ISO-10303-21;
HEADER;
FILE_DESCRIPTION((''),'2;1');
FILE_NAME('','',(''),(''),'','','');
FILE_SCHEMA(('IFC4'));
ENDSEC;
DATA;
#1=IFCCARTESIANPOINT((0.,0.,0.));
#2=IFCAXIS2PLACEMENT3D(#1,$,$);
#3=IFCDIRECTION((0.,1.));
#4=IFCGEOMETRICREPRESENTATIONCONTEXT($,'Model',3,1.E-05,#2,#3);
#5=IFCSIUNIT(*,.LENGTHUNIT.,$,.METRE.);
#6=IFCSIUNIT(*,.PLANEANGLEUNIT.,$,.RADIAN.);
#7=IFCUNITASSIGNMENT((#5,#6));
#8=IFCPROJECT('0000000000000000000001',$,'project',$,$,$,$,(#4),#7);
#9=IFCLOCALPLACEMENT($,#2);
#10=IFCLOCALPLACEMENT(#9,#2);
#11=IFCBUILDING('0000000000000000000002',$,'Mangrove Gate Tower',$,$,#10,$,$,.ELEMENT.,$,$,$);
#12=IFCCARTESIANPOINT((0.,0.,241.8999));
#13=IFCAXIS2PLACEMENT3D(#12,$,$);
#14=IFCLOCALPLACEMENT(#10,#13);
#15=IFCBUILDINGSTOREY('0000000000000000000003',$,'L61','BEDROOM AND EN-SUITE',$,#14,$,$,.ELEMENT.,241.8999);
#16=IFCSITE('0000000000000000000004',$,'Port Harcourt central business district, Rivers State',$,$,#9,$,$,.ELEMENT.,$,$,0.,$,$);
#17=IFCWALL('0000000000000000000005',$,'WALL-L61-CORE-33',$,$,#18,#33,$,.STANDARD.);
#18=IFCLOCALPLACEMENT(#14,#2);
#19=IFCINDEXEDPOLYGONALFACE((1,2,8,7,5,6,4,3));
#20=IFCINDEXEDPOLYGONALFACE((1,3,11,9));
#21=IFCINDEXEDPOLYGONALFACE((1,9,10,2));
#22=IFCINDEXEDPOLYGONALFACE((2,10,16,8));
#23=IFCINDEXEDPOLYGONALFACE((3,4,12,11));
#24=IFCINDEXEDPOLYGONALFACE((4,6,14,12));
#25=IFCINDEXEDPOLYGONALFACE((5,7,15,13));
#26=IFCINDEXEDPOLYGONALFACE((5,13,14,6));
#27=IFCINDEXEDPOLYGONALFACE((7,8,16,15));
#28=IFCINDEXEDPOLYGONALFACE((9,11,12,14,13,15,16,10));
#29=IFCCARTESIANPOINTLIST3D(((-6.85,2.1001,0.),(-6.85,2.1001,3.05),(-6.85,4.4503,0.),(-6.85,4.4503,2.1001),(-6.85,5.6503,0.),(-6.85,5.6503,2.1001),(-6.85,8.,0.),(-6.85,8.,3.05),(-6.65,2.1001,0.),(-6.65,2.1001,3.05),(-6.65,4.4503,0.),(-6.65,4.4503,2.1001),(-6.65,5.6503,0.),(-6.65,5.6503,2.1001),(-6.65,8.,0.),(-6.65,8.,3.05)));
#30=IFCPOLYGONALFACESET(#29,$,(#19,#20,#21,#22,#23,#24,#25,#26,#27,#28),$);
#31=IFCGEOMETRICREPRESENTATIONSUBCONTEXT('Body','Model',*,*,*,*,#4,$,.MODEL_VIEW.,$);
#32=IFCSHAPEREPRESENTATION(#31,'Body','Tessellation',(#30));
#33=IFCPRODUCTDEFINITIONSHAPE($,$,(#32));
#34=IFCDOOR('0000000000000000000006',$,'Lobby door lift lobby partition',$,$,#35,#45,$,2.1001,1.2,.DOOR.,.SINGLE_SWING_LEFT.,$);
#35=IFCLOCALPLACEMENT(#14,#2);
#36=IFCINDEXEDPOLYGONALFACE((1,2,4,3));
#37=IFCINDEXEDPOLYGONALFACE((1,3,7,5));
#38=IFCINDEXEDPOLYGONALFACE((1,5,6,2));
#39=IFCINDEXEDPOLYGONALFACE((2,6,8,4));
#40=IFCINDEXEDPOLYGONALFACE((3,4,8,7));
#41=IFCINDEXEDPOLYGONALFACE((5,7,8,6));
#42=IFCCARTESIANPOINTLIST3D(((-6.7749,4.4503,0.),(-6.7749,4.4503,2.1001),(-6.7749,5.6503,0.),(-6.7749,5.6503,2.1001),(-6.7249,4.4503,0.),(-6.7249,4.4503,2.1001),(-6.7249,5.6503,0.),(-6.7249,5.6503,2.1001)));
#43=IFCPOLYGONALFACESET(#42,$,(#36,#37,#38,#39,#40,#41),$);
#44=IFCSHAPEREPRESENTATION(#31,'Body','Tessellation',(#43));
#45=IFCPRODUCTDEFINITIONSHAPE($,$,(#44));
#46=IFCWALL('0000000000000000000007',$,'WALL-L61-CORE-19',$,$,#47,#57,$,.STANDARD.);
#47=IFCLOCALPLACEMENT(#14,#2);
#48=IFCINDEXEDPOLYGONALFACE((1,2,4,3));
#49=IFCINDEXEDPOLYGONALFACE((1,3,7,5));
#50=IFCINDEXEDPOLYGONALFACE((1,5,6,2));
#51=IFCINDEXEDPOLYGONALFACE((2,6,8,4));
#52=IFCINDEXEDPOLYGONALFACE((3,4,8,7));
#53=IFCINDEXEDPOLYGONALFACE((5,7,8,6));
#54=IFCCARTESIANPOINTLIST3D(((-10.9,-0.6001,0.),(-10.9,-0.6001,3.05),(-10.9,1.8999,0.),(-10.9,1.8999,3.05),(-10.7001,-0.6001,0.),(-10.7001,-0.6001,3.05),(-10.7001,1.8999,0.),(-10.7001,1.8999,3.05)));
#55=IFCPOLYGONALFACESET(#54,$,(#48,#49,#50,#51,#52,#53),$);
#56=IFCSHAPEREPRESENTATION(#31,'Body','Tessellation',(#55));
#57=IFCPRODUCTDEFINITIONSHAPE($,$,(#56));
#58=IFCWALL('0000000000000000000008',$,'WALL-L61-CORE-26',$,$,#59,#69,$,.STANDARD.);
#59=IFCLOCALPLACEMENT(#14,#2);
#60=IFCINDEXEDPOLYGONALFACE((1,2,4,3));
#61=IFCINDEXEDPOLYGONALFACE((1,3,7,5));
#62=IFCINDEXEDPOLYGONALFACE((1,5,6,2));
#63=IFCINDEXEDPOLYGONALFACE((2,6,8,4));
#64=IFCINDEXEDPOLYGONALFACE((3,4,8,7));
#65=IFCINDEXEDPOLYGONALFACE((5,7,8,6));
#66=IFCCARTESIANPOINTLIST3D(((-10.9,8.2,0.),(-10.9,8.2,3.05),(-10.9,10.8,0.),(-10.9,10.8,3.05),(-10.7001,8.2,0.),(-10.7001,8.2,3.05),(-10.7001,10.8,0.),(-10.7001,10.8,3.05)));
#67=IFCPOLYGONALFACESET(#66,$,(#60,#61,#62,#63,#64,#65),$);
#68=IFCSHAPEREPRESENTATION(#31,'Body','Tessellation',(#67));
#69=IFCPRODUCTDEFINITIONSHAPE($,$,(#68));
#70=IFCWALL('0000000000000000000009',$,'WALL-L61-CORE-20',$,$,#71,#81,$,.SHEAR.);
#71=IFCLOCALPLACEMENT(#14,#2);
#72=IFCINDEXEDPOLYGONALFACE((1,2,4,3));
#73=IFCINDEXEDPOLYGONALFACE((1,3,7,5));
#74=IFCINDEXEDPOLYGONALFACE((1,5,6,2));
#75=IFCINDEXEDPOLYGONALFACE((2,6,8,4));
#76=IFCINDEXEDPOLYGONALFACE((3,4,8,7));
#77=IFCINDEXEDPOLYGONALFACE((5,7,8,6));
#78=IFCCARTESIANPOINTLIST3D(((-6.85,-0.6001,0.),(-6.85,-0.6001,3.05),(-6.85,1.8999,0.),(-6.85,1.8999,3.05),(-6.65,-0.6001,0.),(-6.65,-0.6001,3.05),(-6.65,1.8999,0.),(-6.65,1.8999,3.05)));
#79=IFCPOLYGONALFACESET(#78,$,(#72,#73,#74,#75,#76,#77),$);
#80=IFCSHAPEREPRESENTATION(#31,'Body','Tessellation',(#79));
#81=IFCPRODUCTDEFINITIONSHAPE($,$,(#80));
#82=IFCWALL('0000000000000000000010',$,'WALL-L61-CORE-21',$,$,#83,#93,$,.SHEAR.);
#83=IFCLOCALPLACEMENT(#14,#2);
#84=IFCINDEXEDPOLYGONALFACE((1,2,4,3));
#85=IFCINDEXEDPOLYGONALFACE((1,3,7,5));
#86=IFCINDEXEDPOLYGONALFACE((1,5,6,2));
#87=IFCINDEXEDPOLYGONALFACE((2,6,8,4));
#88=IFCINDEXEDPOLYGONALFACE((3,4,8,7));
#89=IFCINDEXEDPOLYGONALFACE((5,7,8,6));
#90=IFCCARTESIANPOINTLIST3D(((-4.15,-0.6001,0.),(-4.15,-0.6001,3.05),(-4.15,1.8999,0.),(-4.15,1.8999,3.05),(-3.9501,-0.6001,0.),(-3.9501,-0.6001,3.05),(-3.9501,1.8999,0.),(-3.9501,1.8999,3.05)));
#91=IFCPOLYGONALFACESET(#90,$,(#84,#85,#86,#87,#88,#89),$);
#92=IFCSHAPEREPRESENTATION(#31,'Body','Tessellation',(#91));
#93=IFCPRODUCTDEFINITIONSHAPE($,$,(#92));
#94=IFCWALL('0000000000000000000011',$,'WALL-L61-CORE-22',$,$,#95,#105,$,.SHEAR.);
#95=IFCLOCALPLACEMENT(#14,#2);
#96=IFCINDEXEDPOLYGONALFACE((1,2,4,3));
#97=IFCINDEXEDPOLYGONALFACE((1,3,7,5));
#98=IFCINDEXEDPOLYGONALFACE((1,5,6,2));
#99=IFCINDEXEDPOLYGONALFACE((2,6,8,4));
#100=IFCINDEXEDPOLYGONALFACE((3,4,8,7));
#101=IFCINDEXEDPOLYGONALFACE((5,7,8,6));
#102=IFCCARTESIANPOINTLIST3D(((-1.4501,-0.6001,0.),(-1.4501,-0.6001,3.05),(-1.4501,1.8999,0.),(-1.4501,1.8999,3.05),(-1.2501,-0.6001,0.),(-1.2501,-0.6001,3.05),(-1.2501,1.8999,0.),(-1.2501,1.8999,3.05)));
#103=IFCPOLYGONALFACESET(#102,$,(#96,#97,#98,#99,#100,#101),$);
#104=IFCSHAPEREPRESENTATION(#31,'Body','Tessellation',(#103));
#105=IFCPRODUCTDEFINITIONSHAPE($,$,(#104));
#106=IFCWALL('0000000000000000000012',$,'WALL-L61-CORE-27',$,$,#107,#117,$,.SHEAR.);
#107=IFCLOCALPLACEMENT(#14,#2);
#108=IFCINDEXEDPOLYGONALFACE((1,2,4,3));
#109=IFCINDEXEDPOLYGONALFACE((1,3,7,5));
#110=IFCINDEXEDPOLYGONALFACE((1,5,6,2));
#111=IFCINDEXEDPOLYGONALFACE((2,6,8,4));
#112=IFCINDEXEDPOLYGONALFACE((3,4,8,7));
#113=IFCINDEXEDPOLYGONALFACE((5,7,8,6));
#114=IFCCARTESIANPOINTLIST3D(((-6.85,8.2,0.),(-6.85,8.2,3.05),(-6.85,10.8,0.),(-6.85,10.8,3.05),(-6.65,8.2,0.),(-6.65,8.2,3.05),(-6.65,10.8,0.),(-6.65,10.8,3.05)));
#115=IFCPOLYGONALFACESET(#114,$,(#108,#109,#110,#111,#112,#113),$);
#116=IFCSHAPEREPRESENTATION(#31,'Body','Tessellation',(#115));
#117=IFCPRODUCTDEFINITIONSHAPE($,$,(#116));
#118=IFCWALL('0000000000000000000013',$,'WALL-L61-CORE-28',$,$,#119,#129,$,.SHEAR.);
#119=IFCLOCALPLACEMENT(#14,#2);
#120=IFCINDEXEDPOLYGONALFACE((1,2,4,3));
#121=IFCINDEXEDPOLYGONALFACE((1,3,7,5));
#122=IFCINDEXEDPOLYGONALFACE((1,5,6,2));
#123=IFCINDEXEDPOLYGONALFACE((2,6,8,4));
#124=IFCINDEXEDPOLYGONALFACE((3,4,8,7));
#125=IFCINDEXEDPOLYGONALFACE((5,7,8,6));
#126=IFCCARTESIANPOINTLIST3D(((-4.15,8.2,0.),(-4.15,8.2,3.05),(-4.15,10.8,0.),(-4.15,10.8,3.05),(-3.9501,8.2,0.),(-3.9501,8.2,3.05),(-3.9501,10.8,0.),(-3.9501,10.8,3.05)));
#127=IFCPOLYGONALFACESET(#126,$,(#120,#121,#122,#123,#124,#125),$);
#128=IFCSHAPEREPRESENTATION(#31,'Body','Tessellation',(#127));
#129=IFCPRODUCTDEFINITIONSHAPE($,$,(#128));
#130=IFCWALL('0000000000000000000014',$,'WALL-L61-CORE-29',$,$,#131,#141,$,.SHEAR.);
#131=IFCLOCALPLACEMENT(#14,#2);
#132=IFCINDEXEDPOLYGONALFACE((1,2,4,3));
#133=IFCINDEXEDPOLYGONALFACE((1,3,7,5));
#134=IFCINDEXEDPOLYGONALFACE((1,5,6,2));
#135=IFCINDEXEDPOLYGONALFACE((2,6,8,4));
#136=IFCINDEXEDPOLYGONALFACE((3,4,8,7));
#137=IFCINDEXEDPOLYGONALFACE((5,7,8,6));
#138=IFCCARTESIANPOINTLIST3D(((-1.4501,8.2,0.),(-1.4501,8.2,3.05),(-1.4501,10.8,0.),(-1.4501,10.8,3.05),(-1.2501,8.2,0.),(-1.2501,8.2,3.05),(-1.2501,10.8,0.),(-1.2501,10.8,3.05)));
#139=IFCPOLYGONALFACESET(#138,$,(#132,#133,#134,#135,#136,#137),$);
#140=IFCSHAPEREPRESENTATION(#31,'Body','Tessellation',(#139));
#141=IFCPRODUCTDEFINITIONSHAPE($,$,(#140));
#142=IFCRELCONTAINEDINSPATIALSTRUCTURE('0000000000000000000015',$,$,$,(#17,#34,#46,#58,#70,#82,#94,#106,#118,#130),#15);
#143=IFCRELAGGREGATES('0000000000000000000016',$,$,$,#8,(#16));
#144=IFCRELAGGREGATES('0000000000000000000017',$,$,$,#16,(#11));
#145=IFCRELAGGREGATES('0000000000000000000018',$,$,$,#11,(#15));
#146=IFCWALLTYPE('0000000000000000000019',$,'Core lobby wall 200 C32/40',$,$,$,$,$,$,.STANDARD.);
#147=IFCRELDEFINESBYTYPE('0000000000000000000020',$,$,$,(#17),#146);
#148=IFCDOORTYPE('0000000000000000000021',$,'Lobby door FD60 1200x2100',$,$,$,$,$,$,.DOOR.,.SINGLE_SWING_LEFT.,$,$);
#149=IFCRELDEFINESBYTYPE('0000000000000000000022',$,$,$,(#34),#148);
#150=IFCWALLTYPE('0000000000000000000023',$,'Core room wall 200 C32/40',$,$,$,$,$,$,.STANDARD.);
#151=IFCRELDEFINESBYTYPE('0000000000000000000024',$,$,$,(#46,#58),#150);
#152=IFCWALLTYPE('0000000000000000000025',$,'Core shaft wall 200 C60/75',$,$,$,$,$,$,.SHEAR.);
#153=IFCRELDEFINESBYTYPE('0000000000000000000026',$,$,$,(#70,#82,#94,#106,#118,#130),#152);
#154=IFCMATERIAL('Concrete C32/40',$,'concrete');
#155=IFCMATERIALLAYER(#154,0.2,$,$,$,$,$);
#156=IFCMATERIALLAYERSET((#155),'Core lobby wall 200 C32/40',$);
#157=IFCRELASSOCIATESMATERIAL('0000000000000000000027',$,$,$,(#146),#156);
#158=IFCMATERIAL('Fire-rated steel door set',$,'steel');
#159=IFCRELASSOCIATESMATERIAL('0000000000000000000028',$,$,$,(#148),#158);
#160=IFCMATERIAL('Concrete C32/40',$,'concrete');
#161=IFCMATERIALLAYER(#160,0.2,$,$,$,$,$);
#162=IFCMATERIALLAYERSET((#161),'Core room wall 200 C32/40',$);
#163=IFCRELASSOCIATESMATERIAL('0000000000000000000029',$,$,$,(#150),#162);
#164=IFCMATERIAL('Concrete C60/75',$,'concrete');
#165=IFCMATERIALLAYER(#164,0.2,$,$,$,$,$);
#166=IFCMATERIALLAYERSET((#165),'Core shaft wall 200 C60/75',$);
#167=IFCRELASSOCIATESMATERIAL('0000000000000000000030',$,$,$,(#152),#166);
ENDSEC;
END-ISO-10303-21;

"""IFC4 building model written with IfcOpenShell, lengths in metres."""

from ifc_helpers import new_model, si_unit, direction, frame, frame_2d, origin, place, context, subcontext, project, spatial, rectangle, extrude, material, layer, layer_set, type_object, element, fill, save


model = new_model("IFC4")

# Units and contexts
model_context = context("Model", 3, precision=1e-05, world=origin(), true_north=direction((0.0, 1.0)))
body_context = subcontext(model_context, "Body", "Model", "MODEL_VIEW")
ifc_project = project(units=[si_unit("LENGTHUNIT", "METRE"), si_unit("PLANEANGLEUNIT", "RADIAN")], contexts=[model_context])

# Site, building, storey
site_placement = place(None, origin())
site = spatial("IfcSite", under=ifc_project, at=site_placement, Name="Port Harcourt central business district, Rivers State", CompositionType="ELEMENT", RefElevation=0.0)
building_placement = place(site_placement, origin())
building = spatial("IfcBuilding", under=site, at=building_placement, Name="Mangrove Gate Tower", CompositionType="ELEMENT")
storey_placement = place(building_placement, frame((0.0, 0.0, 241.8999)))
storey = spatial("IfcBuildingStorey", under=building, at=storey_placement, Name="L61", Description="BEDROOM AND EN-SUITE", CompositionType="ELEMENT", Elevation=241.8999)

# Wall, opening, door
ifc_material_1 = material(Name="Concrete C32/40", Category="concrete")
ifc_layer_1 = layer(ifc_material_1, 0.2)
ifc_layer_set_1 = layer_set([ifc_layer_1], Name="Core lobby wall 200 C32/40")
wall_type_1 = type_object("IfcWallType", Name="Core lobby wall 200 C32/40", PredefinedType="STANDARD", material=ifc_layer_set_1)
wall_1_placement = place(storey_placement, frame((-6.75, 2.1001, 0.0), z_axis=(0.0, 0.0, 1.0), x_axis=(0.0, 1.0, 0.0)))
wall_1 = element("IfcWall", 1, at=wall_1_placement, inside=storey, type_object=wall_type_1, Name="WALL-L61-CORE-33", PredefinedType="STANDARD", context=body_context, shape_type="SweptSolid", body=[
    extrude(rectangle(XDim=5.8999, YDim=0.2, at=frame_2d((2.95, 0.0))), origin(), (0.0, 0.0, 1.0), 3.05),
])
opening_placement = place(wall_1_placement, frame((2.3501, 0.0, 0.0)))
opening = element("IfcOpeningElement", 2, at=opening_placement, cuts=wall_1, PredefinedType="OPENING", context=body_context, shape_type="SweptSolid", body=[
    extrude(rectangle(XDim=1.2, YDim=2.1001, at=frame_2d((0.6001, 1.05))), frame((0.0, 0.1099, 0.0), z_axis=(0.0, -1.0, 0.0), x_axis=(1.0, 0.0, 0.0)), (0.0, 0.0, 1.0), 0.22),
])
ifc_material_2 = material(Name="Fire-rated steel door set", Category="steel")
door_type = type_object("IfcDoorType", Name="Lobby door FD60 1200x2100", OperationType="SINGLE_SWING_LEFT", PredefinedType="DOOR", material=ifc_material_2)
door_placement = place(opening_placement, origin())
door = element("IfcDoor", 3, at=door_placement, inside=storey, type_object=door_type, Name="Lobby door lift lobby partition", OperationType="SINGLE_SWING_LEFT", OverallHeight=2.1001, OverallWidth=1.2, PredefinedType="DOOR", context=body_context, shape_type="SweptSolid", body=[
    extrude(rectangle(XDim=1.2, YDim=2.1001, at=frame_2d((0.6001, 1.05))), frame((0.0, 0.0249, 0.0), z_axis=(0.0, -1.0, 0.0), x_axis=(1.0, 0.0, 0.0)), (0.0, 0.0, 1.0), 0.05),
])
fill(opening, door)

# Walls
ifc_material_3 = material(Name="Concrete C32/40", Category="concrete")
ifc_layer_2 = layer(ifc_material_3, 0.2)
ifc_layer_set_2 = layer_set([ifc_layer_2], Name="Core room wall 200 C32/40")
wall_type_2 = type_object("IfcWallType", Name="Core room wall 200 C32/40", PredefinedType="STANDARD", material=ifc_layer_set_2)
wall_2_placement = place(storey_placement, frame((-10.8, -0.6001, 0.0), z_axis=(0.0, 0.0, 1.0), x_axis=(0.0, 1.0, 0.0)))
element("IfcWall", 4, at=wall_2_placement, inside=storey, type_object=wall_type_2, Name="WALL-L61-CORE-19", PredefinedType="STANDARD", context=body_context, shape_type="SweptSolid", body=[
    extrude(rectangle(XDim=2.5, YDim=0.2, at=frame_2d((1.25, 0.0))), origin(), (0.0, 0.0, 1.0), 3.05),
])
wall_3_placement = place(storey_placement, frame((-10.8, 8.2, 0.0), z_axis=(0.0, 0.0, 1.0), x_axis=(0.0, 1.0, 0.0)))
element("IfcWall", 5, at=wall_3_placement, inside=storey, type_object=wall_type_2, Name="WALL-L61-CORE-26", PredefinedType="STANDARD", context=body_context, shape_type="SweptSolid", body=[
    extrude(rectangle(XDim=2.6001, YDim=0.2, at=frame_2d((1.3, 0.0))), origin(), (0.0, 0.0, 1.0), 3.05),
])
ifc_material_4 = material(Name="Concrete C60/75", Category="concrete")
ifc_layer_3 = layer(ifc_material_4, 0.2)
ifc_layer_set_3 = layer_set([ifc_layer_3], Name="Core shaft wall 200 C60/75")
wall_type_3 = type_object("IfcWallType", Name="Core shaft wall 200 C60/75", PredefinedType="SHEAR", material=ifc_layer_set_3)
for number, where, z_axis, x_axis, name in (
    (6, (-6.75, -0.6001, 0.0), (0.0, 0.0, 1.0), (0.0, 1.0, 0.0), "WALL-L61-CORE-20"),
    (7, (-4.05, -0.6001, 0.0), (0.0, 0.0, 1.0), (0.0, 1.0, 0.0), "WALL-L61-CORE-21"),
    (8, (-1.3501, -0.6001, 0.0), (0.0, 0.0, 1.0), (0.0, 1.0, 0.0), "WALL-L61-CORE-22"),
):
    element("IfcWall", number, at=place(storey_placement, frame(where, z_axis=z_axis, x_axis=x_axis)), inside=storey, type_object=wall_type_3, Name=name, PredefinedType="SHEAR", context=body_context, shape_type="SweptSolid", body=[
        extrude(rectangle(XDim=2.5, YDim=0.2, at=frame_2d((1.25, 0.0))), origin(), (0.0, 0.0, 1.0), 3.05),
    ])
for number, where, z_axis, x_axis, name in (
    (9, (-6.75, 8.2, 0.0), (0.0, 0.0, 1.0), (0.0, 1.0, 0.0), "WALL-L61-CORE-27"),
    (10, (-4.05, 8.2, 0.0), (0.0, 0.0, 1.0), (0.0, 1.0, 0.0), "WALL-L61-CORE-28"),
    (11, (-1.3501, 8.2, 0.0), (0.0, 0.0, 1.0), (0.0, 1.0, 0.0), "WALL-L61-CORE-29"),
):
    element("IfcWall", number, at=place(storey_placement, frame(where, z_axis=z_axis, x_axis=x_axis)), inside=storey, type_object=wall_type_3, Name=name, PredefinedType="SHEAR", context=body_context, shape_type="SweptSolid", body=[
        extrude(rectangle(XDim=2.6001, YDim=0.2, at=frame_2d((1.3, 0.0))), origin(), (0.0, 0.0, 1.0), 3.05),
    ])

save(model, "model.ifc")
